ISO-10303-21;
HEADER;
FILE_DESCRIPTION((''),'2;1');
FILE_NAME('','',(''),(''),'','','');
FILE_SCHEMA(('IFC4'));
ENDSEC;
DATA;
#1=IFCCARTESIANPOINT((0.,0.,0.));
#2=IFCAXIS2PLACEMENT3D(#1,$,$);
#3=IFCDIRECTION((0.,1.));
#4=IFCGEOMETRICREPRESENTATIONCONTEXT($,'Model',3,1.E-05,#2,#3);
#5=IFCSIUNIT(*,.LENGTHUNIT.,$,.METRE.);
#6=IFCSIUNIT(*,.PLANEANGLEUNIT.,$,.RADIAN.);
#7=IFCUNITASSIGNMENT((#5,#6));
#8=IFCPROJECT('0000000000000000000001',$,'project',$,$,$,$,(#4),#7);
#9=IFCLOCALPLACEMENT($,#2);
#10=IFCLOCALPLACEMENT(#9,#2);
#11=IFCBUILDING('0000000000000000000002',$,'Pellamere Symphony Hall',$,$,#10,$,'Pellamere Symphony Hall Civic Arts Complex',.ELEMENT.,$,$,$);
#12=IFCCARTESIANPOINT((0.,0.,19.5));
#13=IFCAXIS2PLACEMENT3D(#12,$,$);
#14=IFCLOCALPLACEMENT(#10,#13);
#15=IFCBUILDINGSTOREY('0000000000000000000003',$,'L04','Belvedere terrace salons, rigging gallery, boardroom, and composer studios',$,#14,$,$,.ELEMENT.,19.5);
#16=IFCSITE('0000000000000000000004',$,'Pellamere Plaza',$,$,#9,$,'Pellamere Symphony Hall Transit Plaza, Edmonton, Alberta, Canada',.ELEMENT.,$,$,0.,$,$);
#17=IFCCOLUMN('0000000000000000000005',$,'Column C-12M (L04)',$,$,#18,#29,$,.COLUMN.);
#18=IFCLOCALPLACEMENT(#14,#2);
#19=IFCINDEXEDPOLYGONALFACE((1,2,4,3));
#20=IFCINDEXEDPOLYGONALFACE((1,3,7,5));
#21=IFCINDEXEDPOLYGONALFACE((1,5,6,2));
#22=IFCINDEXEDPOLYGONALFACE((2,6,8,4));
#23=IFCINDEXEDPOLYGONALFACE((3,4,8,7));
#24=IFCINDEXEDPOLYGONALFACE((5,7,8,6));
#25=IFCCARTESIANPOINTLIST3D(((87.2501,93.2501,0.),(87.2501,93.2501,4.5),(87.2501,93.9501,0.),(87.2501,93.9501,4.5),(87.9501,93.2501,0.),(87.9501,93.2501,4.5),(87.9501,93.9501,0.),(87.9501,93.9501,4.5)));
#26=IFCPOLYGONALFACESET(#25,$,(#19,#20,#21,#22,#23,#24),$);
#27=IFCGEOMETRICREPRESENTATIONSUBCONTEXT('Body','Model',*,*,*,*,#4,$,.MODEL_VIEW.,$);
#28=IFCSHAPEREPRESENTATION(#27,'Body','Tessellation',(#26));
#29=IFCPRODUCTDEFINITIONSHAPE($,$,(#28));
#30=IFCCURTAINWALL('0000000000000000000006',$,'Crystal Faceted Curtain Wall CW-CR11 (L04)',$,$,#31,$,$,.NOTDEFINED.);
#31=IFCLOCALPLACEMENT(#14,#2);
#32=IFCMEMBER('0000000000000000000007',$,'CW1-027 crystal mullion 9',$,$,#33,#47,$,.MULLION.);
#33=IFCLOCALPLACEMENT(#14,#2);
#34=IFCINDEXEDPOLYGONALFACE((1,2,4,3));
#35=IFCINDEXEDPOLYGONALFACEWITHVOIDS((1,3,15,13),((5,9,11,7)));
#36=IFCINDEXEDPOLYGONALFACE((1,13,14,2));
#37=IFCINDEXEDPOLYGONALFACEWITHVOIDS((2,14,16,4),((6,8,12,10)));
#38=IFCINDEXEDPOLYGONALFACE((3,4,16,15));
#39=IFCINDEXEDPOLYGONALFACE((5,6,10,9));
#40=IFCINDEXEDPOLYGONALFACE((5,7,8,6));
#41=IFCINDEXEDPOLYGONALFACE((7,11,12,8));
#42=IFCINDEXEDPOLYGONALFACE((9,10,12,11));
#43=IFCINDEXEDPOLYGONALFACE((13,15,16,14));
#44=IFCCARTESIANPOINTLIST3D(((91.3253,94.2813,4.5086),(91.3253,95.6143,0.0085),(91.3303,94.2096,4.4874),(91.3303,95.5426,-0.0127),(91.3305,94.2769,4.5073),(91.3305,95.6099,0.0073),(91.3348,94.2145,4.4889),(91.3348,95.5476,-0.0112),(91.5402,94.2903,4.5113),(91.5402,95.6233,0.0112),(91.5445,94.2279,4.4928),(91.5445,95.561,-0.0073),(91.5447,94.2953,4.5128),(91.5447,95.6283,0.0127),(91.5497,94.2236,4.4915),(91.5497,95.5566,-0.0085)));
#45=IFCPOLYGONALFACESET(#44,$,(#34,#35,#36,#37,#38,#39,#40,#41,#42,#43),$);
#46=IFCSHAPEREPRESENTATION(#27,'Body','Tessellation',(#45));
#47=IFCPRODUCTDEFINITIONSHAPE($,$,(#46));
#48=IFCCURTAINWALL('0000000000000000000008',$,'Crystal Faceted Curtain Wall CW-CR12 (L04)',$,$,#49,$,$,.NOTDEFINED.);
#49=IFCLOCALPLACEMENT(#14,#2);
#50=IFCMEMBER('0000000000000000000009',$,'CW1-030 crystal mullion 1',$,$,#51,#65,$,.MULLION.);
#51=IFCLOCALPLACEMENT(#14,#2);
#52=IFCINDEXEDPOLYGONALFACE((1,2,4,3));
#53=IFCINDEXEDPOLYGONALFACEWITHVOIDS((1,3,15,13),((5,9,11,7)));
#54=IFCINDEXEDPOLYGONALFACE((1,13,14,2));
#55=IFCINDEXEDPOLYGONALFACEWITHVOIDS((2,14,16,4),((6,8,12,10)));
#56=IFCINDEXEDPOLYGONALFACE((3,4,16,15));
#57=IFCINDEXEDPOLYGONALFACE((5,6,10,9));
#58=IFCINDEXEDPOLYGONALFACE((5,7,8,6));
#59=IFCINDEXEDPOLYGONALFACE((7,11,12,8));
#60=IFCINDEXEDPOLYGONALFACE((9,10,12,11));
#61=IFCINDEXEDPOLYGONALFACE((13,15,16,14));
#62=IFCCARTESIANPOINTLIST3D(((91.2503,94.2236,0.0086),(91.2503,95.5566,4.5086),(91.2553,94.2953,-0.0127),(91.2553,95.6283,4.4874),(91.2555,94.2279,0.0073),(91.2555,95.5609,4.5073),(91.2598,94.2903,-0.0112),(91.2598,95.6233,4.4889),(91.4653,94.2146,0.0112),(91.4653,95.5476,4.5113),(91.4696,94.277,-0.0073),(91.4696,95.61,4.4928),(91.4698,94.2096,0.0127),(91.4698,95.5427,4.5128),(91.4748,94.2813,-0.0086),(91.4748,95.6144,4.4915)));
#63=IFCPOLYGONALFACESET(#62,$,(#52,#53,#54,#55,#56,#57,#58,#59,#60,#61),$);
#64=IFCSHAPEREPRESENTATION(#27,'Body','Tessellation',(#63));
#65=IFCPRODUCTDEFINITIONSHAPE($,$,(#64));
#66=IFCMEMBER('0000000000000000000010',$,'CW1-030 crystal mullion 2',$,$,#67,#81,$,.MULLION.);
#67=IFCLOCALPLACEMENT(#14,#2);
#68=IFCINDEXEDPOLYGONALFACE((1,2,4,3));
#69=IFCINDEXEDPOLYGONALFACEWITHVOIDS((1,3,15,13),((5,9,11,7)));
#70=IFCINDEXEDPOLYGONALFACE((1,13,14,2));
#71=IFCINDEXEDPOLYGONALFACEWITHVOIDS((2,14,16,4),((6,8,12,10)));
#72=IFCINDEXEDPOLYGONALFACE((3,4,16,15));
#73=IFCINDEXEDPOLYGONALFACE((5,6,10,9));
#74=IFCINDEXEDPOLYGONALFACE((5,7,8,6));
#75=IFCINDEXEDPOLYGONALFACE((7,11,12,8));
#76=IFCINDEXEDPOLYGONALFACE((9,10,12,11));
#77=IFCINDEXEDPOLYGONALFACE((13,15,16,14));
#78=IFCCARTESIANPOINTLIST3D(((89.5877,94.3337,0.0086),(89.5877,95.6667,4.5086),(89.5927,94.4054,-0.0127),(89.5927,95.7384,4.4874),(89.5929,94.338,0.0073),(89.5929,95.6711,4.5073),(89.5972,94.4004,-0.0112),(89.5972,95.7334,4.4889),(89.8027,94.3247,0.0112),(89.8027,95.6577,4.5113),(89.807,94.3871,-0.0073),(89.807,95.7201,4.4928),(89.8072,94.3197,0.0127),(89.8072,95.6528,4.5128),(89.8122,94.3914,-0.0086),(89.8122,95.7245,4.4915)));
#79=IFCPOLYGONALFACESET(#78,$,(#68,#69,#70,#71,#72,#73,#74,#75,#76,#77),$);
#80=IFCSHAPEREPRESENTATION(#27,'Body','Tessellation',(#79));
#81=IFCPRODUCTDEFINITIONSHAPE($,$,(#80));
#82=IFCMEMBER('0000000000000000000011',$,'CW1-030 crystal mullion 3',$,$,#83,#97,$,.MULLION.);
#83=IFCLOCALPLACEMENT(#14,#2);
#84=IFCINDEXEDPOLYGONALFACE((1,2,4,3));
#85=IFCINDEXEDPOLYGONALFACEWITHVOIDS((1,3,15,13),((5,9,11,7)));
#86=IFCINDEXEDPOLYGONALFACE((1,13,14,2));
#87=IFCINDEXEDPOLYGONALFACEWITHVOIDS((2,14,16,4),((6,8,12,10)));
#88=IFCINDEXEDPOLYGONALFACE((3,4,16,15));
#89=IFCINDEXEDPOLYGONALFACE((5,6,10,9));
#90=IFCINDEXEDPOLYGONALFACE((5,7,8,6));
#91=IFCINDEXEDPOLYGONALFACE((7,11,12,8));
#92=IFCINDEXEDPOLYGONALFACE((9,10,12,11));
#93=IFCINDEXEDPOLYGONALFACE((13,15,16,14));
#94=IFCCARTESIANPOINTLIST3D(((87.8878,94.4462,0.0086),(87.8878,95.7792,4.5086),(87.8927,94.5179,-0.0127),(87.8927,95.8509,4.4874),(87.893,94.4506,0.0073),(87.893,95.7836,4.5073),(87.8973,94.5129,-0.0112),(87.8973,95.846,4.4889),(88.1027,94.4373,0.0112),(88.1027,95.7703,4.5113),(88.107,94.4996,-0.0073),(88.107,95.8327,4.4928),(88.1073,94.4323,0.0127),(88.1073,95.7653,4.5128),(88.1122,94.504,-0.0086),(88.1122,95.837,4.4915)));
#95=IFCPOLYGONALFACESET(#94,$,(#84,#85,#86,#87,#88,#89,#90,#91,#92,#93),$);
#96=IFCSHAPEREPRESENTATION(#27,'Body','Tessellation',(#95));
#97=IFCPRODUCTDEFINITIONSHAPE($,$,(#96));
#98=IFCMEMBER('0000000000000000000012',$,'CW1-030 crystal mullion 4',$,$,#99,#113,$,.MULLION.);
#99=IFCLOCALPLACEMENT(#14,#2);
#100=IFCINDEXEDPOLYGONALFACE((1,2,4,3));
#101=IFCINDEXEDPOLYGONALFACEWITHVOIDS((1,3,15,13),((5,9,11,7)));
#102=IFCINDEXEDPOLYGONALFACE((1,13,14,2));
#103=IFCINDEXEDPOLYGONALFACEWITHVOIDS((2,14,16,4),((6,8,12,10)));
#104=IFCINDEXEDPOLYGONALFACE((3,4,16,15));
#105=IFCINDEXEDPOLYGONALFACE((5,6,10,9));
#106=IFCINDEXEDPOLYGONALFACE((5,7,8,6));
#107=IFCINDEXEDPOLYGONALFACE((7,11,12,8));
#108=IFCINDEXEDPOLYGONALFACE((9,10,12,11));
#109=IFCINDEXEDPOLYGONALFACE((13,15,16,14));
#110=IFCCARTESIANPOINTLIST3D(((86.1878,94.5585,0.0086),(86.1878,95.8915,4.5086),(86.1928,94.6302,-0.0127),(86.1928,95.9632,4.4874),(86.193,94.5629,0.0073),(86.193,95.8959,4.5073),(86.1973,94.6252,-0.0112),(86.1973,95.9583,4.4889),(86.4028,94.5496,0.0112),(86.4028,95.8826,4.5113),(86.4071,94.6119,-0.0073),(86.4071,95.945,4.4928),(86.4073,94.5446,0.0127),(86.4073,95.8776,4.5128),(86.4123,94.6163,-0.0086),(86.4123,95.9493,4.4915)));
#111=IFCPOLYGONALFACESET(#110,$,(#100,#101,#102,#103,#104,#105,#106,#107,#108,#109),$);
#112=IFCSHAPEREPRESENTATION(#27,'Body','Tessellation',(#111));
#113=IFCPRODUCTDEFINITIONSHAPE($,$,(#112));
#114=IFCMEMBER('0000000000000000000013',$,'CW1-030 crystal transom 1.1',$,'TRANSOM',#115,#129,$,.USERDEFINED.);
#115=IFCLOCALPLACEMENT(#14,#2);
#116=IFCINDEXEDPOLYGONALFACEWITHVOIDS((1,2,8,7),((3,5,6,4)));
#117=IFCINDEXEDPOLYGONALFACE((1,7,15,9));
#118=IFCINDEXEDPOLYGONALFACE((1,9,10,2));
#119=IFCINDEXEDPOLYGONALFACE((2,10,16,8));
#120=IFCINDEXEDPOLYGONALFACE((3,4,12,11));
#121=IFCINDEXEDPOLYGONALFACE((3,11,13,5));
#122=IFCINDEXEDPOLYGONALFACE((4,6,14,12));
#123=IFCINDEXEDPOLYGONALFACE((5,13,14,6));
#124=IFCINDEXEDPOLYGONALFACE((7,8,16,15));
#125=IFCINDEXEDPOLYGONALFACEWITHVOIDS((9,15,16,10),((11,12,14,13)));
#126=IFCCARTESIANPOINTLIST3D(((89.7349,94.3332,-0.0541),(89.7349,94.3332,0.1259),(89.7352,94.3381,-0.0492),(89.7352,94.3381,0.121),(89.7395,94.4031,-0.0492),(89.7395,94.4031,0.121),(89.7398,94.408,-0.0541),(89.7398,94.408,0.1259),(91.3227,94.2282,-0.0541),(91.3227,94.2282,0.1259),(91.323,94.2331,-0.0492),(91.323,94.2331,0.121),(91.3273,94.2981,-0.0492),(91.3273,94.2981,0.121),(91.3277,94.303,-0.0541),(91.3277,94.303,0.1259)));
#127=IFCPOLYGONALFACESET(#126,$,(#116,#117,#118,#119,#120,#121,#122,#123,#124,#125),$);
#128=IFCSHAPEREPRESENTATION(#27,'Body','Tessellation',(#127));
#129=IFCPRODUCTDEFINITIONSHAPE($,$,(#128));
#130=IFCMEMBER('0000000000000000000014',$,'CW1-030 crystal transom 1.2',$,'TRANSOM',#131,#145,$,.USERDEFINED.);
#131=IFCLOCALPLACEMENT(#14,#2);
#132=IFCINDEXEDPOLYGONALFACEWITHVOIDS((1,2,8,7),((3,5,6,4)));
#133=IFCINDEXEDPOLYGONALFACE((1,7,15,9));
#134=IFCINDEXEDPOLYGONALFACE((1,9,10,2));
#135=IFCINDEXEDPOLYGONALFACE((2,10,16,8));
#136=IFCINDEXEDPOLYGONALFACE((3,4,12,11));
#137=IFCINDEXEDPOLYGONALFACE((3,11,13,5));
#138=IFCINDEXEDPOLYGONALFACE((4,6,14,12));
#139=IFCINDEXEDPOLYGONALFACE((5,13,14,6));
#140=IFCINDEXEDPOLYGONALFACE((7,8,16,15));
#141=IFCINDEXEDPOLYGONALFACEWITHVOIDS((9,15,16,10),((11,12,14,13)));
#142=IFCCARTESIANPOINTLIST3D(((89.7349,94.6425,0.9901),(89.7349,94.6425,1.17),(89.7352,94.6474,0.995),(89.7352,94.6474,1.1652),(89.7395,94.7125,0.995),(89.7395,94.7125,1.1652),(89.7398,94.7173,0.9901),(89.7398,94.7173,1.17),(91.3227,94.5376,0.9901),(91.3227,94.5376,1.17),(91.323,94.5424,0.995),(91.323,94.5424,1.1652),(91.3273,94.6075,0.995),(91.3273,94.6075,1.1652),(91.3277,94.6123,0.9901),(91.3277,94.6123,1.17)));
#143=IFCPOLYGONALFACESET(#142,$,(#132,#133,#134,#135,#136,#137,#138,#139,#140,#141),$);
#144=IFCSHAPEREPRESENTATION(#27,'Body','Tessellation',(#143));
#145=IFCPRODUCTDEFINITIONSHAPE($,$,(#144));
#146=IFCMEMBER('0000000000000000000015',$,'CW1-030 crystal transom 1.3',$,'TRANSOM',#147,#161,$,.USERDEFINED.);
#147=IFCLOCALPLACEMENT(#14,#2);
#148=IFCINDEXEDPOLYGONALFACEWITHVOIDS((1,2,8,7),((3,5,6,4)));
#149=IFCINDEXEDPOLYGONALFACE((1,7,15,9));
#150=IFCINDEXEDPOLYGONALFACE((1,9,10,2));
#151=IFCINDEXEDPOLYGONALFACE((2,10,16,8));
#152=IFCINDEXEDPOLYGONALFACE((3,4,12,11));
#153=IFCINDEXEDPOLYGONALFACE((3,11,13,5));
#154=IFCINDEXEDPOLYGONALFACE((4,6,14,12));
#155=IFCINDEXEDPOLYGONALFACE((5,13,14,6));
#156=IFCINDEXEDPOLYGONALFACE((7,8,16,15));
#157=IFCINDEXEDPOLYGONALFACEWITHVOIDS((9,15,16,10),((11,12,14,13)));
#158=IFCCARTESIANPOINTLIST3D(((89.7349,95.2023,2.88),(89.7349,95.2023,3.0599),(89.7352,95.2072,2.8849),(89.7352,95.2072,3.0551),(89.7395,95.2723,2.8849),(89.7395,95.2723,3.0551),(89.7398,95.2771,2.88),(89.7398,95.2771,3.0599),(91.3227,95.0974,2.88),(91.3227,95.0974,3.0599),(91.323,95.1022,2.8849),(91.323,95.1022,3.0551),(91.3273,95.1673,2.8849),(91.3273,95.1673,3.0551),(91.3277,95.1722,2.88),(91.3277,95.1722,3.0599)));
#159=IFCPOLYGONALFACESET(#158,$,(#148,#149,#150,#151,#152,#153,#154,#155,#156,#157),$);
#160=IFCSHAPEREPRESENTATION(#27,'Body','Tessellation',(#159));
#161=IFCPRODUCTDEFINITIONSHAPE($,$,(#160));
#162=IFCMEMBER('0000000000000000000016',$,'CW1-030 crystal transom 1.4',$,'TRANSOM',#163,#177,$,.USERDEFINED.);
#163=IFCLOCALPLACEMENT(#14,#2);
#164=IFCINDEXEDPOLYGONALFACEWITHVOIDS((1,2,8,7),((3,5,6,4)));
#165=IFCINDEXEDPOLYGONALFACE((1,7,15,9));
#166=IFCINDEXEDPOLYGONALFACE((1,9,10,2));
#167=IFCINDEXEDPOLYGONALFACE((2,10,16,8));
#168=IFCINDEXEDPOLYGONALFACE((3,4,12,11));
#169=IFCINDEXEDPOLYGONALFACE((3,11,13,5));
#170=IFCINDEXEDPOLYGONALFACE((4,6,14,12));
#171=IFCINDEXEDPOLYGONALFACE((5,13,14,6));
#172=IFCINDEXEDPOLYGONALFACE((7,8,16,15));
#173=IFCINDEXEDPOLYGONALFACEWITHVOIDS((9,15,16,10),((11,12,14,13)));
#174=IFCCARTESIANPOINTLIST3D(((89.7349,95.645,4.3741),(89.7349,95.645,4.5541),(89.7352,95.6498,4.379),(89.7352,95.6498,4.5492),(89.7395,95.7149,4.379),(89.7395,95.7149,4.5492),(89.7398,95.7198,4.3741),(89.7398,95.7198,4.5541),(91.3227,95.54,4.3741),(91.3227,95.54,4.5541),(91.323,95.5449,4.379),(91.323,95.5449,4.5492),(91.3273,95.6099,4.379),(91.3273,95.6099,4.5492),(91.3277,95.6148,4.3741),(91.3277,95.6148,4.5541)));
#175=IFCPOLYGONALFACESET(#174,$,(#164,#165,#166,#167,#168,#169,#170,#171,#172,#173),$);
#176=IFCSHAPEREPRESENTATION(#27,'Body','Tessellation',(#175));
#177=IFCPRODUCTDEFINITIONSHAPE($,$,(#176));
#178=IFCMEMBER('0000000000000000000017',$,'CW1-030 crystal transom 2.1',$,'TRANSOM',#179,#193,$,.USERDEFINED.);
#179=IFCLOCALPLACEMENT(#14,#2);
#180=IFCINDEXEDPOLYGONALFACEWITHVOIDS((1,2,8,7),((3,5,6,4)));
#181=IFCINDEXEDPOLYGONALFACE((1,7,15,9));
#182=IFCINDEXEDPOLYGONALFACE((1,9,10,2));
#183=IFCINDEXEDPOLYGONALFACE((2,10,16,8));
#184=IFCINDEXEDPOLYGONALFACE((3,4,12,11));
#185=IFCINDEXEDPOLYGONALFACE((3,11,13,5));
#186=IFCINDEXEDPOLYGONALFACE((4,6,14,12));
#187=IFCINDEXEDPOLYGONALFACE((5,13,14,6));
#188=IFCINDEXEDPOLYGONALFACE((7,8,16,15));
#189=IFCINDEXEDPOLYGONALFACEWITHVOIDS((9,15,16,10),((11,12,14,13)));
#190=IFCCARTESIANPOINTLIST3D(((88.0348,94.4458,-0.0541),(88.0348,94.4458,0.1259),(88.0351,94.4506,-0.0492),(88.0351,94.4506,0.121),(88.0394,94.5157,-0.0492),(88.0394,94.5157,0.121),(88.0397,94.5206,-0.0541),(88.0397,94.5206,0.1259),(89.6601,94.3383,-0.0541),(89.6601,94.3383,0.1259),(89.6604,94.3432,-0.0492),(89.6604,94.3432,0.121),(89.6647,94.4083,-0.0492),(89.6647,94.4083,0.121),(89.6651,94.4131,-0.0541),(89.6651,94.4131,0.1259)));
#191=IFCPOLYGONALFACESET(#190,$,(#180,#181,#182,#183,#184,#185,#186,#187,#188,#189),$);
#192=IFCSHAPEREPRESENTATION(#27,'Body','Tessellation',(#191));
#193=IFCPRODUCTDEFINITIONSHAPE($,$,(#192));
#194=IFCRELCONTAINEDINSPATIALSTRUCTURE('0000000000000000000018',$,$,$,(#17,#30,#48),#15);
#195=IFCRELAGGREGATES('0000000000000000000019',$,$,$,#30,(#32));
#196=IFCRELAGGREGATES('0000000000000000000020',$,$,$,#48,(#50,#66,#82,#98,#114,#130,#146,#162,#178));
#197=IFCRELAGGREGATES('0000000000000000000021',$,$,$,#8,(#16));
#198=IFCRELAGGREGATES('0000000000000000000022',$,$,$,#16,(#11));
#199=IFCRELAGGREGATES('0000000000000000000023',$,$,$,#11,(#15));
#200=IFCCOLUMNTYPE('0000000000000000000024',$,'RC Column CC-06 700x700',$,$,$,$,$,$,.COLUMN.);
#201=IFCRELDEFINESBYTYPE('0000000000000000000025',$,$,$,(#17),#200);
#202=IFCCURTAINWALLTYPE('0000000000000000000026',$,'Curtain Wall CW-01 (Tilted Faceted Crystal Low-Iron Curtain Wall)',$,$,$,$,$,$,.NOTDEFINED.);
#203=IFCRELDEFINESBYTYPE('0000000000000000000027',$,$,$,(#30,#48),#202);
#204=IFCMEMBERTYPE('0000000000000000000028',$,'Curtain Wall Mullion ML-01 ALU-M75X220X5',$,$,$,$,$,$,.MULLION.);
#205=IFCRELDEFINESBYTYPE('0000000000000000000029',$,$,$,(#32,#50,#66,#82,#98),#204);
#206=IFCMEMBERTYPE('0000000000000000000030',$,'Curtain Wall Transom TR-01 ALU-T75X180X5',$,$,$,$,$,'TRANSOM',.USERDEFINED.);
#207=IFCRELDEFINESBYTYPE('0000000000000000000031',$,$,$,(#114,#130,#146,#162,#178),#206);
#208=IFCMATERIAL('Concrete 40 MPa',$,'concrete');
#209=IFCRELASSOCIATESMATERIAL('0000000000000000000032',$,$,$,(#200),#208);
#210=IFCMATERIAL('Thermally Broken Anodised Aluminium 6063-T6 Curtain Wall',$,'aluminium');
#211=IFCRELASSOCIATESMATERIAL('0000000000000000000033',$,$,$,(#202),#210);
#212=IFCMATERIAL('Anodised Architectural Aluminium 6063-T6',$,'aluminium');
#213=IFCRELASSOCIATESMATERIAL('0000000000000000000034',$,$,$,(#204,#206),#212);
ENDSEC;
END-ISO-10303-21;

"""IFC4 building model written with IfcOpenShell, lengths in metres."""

from ifc_helpers import new_model, si_unit, direction, frame, origin, origin_2d, place, context, subcontext, project, spatial, rectangle, hollow_rectangle, extrude, material, material_profile, profile_set, type_object, element, aggregate, save


model = new_model("IFC4")

# Units and contexts
model_context = context("Model", 3, precision=1e-05, world=origin(), true_north=direction((0.0, 1.0)))
body_context = subcontext(model_context, "Body", "Model", "MODEL_VIEW")
ifc_project = project(units=[si_unit("LENGTHUNIT", "METRE"), si_unit("PLANEANGLEUNIT", "RADIAN")], contexts=[model_context])

# Site, building, storey
site_placement = place(None, origin())
site = spatial("IfcSite", under=ifc_project, at=site_placement, Name="Pellamere Plaza", LongName="Pellamere Symphony Hall Transit Plaza, Edmonton, Alberta, Canada", CompositionType="ELEMENT", RefElevation=0.0)
building_placement = place(site_placement, origin())
building = spatial("IfcBuilding", under=site, at=building_placement, Name="Pellamere Symphony Hall", LongName="Pellamere Symphony Hall Civic Arts Complex", CompositionType="ELEMENT")
storey_placement = place(building_placement, frame((0.0, 0.0, 19.5)))
storey = spatial("IfcBuildingStorey", under=building, at=storey_placement, Name="L04", Description="Belvedere terrace salons, rigging gallery, boardroom, and composer studios", CompositionType="ELEMENT", Elevation=19.5)

# Column
ifc_material_1 = material(Name="Concrete 40 MPa", Category="concrete")
ifc_material_profile_1 = material_profile(ifc_material_1, rectangle(XDim=0.7, YDim=0.7, at=origin_2d()), Name="RC 700x700")
ifc_profile_set_1 = profile_set([ifc_material_profile_1], Name="Concrete 40 MPa")
column_type = type_object("IfcColumnType", Name="RC Column CC-06 700x700", PredefinedType="COLUMN", material=ifc_profile_set_1)
column_placement = place(storey_placement, frame((87.6001, 93.6001, 0.0), z_axis=(0.0, 0.0, 1.0), x_axis=(1.0, 0.0, 0.0)))
element("IfcColumn", 1, at=column_placement, inside=storey, type_object=column_type, Name="Column C-12M (L04)", PredefinedType="COLUMN", context=body_context, shape_type="SweptSolid", body=[
    extrude(rectangle(XDim=0.7, YDim=0.7, at=origin_2d()), origin(), (0.0, 0.0, 1.0), 4.5),
])

# Curtain wall, member
ifc_material_2 = material(Name="Thermally Broken Anodised Aluminium 6063-T6 Curtain Wall", Category="aluminium")
curtain_wall_type = type_object("IfcCurtainWallType", Name="Curtain Wall CW-01 (Tilted Faceted Crystal Low-Iron Curtain Wall)", PredefinedType="NOTDEFINED", material=ifc_material_2)
curtain_wall_1_placement = place(storey_placement, origin())
curtain_wall_1 = element("IfcCurtainWall", 2, at=curtain_wall_1_placement, inside=storey, type_object=curtain_wall_type, Name="Crystal Faceted Curtain Wall CW-CR11 (L04)", PredefinedType="NOTDEFINED")
ifc_material_3 = material(Name="Anodised Architectural Aluminium 6063-T6", Category="aluminium")
ifc_material_profile_2 = material_profile(ifc_material_3, hollow_rectangle(XDim=0.075, YDim=0.22, WallThickness=0.0049, at=origin_2d()), Name="ALU-M75X220X5")
ifc_profile_set_2 = profile_set([ifc_material_profile_2], Name="Anodised Architectural Aluminium 6063-T6")
member_type_1 = type_object("IfcMemberType", Name="Curtain Wall Mullion ML-01 ALU-M75X220X5", PredefinedType="MULLION", material=ifc_profile_set_2)
member_1_placement = place(storey_placement, frame((91.4375, 95.5854, 0.0), z_axis=(0.0, -0.284025, 0.958817), x_axis=(0.066519, -0.956693, -0.283395)))
member_1 = element("IfcMember", 3, at=member_1_placement, type_object=member_type_1, Name="CW1-027 crystal mullion 9", PredefinedType="MULLION", context=body_context, shape_type="SweptSolid", body=[
    extrude(hollow_rectangle(XDim=0.075, YDim=0.22, WallThickness=0.0049, at=origin_2d()), origin(), (0.0, 0.0, 1.0), 4.6934),
])
aggregate(curtain_wall_1, [member_1])

# Curtain wall, members
curtain_wall_2_placement = place(storey_placement, origin())
curtain_wall_2 = element("IfcCurtainWall", 4, at=curtain_wall_2_placement, inside=storey, type_object=curtain_wall_type, Name="Crystal Faceted Curtain Wall CW-CR12 (L04)", PredefinedType="NOTDEFINED")
member_2_placement = place(storey_placement, frame((91.3625, 94.2524, 0.0), z_axis=(0.0, 0.284025, 0.958817), x_axis=(0.066032, 0.956724, -0.283405)))
member_2 = element("IfcMember", 5, at=member_2_placement, type_object=member_type_1, Name="CW1-030 crystal mullion 1", PredefinedType="MULLION", context=body_context, shape_type="SweptSolid", body=[
    extrude(hollow_rectangle(XDim=0.075, YDim=0.22, WallThickness=0.0049, at=origin_2d()), origin(), (0.0, 0.0, 1.0), 4.6934),
])
member_3_placement = place(storey_placement, frame((89.7, 94.3625, 0.0), z_axis=(0.0, 0.284025, 0.958817), x_axis=(0.066032, 0.956724, -0.283405)))
member_3 = element("IfcMember", 6, at=member_3_placement, type_object=member_type_1, Name="CW1-030 crystal mullion 2", PredefinedType="MULLION", context=body_context, shape_type="SweptSolid", body=[
    extrude(hollow_rectangle(XDim=0.075, YDim=0.22, WallThickness=0.0049, at=origin_2d()), origin(), (0.0, 0.0, 1.0), 4.6934),
])
member_4_placement = place(storey_placement, frame((88.0, 94.4751, 0.0), z_axis=(0.0, 0.284025, 0.958817), x_axis=(0.066032, 0.956724, -0.283405)))
member_4 = element("IfcMember", 7, at=member_4_placement, type_object=member_type_1, Name="CW1-030 crystal mullion 3", PredefinedType="MULLION", context=body_context, shape_type="SweptSolid", body=[
    extrude(hollow_rectangle(XDim=0.075, YDim=0.22, WallThickness=0.0049, at=origin_2d()), origin(), (0.0, 0.0, 1.0), 4.6934),
])
member_5_placement = place(storey_placement, frame((86.3, 94.5874, 0.0), z_axis=(0.0, 0.284025, 0.958817), x_axis=(0.066032, 0.956724, -0.283405)))
member_5 = element("IfcMember", 8, at=member_5_placement, type_object=member_type_1, Name="CW1-030 crystal mullion 4", PredefinedType="MULLION", context=body_context, shape_type="SweptSolid", body=[
    extrude(hollow_rectangle(XDim=0.075, YDim=0.22, WallThickness=0.0049, at=origin_2d()), origin(), (0.0, 0.0, 1.0), 4.6934),
])
ifc_material_profile_3 = material_profile(ifc_material_3, hollow_rectangle(XDim=0.075, YDim=0.1799, WallThickness=0.0049, at=origin_2d()), Name="ALU-T75X180X5")
ifc_profile_set_3 = profile_set([ifc_material_profile_3], Name="Anodised Architectural Aluminium 6063-T6")
member_type_2 = type_object("IfcMemberType", Name="Curtain Wall Transom TR-01 ALU-T75X180X5", ElementType="TRANSOM", PredefinedType="USERDEFINED", material=ifc_profile_set_3)
member_6_placement = place(storey_placement, frame((91.3252, 94.2656, 0.0359), z_axis=(-0.997822, 0.065969, 0.0), x_axis=(-0.065969, -0.997822, 0.0)))
member_6 = element("IfcMember", 9, at=member_6_placement, type_object=member_type_2, Name="CW1-030 crystal transom 1.1", ObjectType="TRANSOM", PredefinedType="USERDEFINED", context=body_context, shape_type="SweptSolid", body=[
    extrude(hollow_rectangle(XDim=0.075, YDim=0.1799, WallThickness=0.0049, at=origin_2d()), origin(), (0.0, 0.0, 1.0), 1.5913),
])
member_7_placement = place(storey_placement, frame((91.3252, 94.575, 1.0801), z_axis=(-0.997822, 0.065969, 0.0), x_axis=(-0.065969, -0.997822, 0.0)))
member_7 = element("IfcMember", 10, at=member_7_placement, type_object=member_type_2, Name="CW1-030 crystal transom 1.2", ObjectType="TRANSOM", PredefinedType="USERDEFINED", context=body_context, shape_type="SweptSolid", body=[
    extrude(hollow_rectangle(XDim=0.075, YDim=0.1799, WallThickness=0.0049, at=origin_2d()), origin(), (0.0, 0.0, 1.0), 1.5913),
])
member_8_placement = place(storey_placement, frame((91.3252, 95.1348, 2.97), z_axis=(-0.997822, 0.065969, 0.0), x_axis=(-0.065969, -0.997822, 0.0)))
member_8 = element("IfcMember", 11, at=member_8_placement, type_object=member_type_2, Name="CW1-030 crystal transom 1.3", ObjectType="TRANSOM", PredefinedType="USERDEFINED", context=body_context, shape_type="SweptSolid", body=[
    extrude(hollow_rectangle(XDim=0.075, YDim=0.1799, WallThickness=0.0049, at=origin_2d()), origin(), (0.0, 0.0, 1.0), 1.5913),
])
member_9_placement = place(storey_placement, frame((91.3252, 95.5774, 4.4641), z_axis=(-0.997822, 0.065969, 0.0), x_axis=(-0.065969, -0.997822, 0.0)))
member_9 = element("IfcMember", 12, at=member_9_placement, type_object=member_type_2, Name="CW1-030 crystal transom 1.4", ObjectType="TRANSOM", PredefinedType="USERDEFINED", context=body_context, shape_type="SweptSolid", body=[
    extrude(hollow_rectangle(XDim=0.075, YDim=0.1799, WallThickness=0.0049, at=origin_2d()), origin(), (0.0, 0.0, 1.0), 1.5913),
])
member_10_placement = place(storey_placement, frame((89.6626, 94.3757, 0.0359), z_axis=(-0.997823, 0.065952, 0.0), x_axis=(-0.065952, -0.997823, 0.0)))
member_10 = element("IfcMember", 13, at=member_10_placement, type_object=member_type_2, Name="CW1-030 crystal transom 2.1", ObjectType="TRANSOM", PredefinedType="USERDEFINED", context=body_context, shape_type="SweptSolid", body=[
    extrude(hollow_rectangle(XDim=0.075, YDim=0.1799, WallThickness=0.0049, at=origin_2d()), origin(), (0.0, 0.0, 1.0), 1.6289),
])

aggregate(curtain_wall_2, [member_2, member_3, member_4, member_5, member_6, member_7, member_8, member_9, member_10])

save(model, "model.ifc")
